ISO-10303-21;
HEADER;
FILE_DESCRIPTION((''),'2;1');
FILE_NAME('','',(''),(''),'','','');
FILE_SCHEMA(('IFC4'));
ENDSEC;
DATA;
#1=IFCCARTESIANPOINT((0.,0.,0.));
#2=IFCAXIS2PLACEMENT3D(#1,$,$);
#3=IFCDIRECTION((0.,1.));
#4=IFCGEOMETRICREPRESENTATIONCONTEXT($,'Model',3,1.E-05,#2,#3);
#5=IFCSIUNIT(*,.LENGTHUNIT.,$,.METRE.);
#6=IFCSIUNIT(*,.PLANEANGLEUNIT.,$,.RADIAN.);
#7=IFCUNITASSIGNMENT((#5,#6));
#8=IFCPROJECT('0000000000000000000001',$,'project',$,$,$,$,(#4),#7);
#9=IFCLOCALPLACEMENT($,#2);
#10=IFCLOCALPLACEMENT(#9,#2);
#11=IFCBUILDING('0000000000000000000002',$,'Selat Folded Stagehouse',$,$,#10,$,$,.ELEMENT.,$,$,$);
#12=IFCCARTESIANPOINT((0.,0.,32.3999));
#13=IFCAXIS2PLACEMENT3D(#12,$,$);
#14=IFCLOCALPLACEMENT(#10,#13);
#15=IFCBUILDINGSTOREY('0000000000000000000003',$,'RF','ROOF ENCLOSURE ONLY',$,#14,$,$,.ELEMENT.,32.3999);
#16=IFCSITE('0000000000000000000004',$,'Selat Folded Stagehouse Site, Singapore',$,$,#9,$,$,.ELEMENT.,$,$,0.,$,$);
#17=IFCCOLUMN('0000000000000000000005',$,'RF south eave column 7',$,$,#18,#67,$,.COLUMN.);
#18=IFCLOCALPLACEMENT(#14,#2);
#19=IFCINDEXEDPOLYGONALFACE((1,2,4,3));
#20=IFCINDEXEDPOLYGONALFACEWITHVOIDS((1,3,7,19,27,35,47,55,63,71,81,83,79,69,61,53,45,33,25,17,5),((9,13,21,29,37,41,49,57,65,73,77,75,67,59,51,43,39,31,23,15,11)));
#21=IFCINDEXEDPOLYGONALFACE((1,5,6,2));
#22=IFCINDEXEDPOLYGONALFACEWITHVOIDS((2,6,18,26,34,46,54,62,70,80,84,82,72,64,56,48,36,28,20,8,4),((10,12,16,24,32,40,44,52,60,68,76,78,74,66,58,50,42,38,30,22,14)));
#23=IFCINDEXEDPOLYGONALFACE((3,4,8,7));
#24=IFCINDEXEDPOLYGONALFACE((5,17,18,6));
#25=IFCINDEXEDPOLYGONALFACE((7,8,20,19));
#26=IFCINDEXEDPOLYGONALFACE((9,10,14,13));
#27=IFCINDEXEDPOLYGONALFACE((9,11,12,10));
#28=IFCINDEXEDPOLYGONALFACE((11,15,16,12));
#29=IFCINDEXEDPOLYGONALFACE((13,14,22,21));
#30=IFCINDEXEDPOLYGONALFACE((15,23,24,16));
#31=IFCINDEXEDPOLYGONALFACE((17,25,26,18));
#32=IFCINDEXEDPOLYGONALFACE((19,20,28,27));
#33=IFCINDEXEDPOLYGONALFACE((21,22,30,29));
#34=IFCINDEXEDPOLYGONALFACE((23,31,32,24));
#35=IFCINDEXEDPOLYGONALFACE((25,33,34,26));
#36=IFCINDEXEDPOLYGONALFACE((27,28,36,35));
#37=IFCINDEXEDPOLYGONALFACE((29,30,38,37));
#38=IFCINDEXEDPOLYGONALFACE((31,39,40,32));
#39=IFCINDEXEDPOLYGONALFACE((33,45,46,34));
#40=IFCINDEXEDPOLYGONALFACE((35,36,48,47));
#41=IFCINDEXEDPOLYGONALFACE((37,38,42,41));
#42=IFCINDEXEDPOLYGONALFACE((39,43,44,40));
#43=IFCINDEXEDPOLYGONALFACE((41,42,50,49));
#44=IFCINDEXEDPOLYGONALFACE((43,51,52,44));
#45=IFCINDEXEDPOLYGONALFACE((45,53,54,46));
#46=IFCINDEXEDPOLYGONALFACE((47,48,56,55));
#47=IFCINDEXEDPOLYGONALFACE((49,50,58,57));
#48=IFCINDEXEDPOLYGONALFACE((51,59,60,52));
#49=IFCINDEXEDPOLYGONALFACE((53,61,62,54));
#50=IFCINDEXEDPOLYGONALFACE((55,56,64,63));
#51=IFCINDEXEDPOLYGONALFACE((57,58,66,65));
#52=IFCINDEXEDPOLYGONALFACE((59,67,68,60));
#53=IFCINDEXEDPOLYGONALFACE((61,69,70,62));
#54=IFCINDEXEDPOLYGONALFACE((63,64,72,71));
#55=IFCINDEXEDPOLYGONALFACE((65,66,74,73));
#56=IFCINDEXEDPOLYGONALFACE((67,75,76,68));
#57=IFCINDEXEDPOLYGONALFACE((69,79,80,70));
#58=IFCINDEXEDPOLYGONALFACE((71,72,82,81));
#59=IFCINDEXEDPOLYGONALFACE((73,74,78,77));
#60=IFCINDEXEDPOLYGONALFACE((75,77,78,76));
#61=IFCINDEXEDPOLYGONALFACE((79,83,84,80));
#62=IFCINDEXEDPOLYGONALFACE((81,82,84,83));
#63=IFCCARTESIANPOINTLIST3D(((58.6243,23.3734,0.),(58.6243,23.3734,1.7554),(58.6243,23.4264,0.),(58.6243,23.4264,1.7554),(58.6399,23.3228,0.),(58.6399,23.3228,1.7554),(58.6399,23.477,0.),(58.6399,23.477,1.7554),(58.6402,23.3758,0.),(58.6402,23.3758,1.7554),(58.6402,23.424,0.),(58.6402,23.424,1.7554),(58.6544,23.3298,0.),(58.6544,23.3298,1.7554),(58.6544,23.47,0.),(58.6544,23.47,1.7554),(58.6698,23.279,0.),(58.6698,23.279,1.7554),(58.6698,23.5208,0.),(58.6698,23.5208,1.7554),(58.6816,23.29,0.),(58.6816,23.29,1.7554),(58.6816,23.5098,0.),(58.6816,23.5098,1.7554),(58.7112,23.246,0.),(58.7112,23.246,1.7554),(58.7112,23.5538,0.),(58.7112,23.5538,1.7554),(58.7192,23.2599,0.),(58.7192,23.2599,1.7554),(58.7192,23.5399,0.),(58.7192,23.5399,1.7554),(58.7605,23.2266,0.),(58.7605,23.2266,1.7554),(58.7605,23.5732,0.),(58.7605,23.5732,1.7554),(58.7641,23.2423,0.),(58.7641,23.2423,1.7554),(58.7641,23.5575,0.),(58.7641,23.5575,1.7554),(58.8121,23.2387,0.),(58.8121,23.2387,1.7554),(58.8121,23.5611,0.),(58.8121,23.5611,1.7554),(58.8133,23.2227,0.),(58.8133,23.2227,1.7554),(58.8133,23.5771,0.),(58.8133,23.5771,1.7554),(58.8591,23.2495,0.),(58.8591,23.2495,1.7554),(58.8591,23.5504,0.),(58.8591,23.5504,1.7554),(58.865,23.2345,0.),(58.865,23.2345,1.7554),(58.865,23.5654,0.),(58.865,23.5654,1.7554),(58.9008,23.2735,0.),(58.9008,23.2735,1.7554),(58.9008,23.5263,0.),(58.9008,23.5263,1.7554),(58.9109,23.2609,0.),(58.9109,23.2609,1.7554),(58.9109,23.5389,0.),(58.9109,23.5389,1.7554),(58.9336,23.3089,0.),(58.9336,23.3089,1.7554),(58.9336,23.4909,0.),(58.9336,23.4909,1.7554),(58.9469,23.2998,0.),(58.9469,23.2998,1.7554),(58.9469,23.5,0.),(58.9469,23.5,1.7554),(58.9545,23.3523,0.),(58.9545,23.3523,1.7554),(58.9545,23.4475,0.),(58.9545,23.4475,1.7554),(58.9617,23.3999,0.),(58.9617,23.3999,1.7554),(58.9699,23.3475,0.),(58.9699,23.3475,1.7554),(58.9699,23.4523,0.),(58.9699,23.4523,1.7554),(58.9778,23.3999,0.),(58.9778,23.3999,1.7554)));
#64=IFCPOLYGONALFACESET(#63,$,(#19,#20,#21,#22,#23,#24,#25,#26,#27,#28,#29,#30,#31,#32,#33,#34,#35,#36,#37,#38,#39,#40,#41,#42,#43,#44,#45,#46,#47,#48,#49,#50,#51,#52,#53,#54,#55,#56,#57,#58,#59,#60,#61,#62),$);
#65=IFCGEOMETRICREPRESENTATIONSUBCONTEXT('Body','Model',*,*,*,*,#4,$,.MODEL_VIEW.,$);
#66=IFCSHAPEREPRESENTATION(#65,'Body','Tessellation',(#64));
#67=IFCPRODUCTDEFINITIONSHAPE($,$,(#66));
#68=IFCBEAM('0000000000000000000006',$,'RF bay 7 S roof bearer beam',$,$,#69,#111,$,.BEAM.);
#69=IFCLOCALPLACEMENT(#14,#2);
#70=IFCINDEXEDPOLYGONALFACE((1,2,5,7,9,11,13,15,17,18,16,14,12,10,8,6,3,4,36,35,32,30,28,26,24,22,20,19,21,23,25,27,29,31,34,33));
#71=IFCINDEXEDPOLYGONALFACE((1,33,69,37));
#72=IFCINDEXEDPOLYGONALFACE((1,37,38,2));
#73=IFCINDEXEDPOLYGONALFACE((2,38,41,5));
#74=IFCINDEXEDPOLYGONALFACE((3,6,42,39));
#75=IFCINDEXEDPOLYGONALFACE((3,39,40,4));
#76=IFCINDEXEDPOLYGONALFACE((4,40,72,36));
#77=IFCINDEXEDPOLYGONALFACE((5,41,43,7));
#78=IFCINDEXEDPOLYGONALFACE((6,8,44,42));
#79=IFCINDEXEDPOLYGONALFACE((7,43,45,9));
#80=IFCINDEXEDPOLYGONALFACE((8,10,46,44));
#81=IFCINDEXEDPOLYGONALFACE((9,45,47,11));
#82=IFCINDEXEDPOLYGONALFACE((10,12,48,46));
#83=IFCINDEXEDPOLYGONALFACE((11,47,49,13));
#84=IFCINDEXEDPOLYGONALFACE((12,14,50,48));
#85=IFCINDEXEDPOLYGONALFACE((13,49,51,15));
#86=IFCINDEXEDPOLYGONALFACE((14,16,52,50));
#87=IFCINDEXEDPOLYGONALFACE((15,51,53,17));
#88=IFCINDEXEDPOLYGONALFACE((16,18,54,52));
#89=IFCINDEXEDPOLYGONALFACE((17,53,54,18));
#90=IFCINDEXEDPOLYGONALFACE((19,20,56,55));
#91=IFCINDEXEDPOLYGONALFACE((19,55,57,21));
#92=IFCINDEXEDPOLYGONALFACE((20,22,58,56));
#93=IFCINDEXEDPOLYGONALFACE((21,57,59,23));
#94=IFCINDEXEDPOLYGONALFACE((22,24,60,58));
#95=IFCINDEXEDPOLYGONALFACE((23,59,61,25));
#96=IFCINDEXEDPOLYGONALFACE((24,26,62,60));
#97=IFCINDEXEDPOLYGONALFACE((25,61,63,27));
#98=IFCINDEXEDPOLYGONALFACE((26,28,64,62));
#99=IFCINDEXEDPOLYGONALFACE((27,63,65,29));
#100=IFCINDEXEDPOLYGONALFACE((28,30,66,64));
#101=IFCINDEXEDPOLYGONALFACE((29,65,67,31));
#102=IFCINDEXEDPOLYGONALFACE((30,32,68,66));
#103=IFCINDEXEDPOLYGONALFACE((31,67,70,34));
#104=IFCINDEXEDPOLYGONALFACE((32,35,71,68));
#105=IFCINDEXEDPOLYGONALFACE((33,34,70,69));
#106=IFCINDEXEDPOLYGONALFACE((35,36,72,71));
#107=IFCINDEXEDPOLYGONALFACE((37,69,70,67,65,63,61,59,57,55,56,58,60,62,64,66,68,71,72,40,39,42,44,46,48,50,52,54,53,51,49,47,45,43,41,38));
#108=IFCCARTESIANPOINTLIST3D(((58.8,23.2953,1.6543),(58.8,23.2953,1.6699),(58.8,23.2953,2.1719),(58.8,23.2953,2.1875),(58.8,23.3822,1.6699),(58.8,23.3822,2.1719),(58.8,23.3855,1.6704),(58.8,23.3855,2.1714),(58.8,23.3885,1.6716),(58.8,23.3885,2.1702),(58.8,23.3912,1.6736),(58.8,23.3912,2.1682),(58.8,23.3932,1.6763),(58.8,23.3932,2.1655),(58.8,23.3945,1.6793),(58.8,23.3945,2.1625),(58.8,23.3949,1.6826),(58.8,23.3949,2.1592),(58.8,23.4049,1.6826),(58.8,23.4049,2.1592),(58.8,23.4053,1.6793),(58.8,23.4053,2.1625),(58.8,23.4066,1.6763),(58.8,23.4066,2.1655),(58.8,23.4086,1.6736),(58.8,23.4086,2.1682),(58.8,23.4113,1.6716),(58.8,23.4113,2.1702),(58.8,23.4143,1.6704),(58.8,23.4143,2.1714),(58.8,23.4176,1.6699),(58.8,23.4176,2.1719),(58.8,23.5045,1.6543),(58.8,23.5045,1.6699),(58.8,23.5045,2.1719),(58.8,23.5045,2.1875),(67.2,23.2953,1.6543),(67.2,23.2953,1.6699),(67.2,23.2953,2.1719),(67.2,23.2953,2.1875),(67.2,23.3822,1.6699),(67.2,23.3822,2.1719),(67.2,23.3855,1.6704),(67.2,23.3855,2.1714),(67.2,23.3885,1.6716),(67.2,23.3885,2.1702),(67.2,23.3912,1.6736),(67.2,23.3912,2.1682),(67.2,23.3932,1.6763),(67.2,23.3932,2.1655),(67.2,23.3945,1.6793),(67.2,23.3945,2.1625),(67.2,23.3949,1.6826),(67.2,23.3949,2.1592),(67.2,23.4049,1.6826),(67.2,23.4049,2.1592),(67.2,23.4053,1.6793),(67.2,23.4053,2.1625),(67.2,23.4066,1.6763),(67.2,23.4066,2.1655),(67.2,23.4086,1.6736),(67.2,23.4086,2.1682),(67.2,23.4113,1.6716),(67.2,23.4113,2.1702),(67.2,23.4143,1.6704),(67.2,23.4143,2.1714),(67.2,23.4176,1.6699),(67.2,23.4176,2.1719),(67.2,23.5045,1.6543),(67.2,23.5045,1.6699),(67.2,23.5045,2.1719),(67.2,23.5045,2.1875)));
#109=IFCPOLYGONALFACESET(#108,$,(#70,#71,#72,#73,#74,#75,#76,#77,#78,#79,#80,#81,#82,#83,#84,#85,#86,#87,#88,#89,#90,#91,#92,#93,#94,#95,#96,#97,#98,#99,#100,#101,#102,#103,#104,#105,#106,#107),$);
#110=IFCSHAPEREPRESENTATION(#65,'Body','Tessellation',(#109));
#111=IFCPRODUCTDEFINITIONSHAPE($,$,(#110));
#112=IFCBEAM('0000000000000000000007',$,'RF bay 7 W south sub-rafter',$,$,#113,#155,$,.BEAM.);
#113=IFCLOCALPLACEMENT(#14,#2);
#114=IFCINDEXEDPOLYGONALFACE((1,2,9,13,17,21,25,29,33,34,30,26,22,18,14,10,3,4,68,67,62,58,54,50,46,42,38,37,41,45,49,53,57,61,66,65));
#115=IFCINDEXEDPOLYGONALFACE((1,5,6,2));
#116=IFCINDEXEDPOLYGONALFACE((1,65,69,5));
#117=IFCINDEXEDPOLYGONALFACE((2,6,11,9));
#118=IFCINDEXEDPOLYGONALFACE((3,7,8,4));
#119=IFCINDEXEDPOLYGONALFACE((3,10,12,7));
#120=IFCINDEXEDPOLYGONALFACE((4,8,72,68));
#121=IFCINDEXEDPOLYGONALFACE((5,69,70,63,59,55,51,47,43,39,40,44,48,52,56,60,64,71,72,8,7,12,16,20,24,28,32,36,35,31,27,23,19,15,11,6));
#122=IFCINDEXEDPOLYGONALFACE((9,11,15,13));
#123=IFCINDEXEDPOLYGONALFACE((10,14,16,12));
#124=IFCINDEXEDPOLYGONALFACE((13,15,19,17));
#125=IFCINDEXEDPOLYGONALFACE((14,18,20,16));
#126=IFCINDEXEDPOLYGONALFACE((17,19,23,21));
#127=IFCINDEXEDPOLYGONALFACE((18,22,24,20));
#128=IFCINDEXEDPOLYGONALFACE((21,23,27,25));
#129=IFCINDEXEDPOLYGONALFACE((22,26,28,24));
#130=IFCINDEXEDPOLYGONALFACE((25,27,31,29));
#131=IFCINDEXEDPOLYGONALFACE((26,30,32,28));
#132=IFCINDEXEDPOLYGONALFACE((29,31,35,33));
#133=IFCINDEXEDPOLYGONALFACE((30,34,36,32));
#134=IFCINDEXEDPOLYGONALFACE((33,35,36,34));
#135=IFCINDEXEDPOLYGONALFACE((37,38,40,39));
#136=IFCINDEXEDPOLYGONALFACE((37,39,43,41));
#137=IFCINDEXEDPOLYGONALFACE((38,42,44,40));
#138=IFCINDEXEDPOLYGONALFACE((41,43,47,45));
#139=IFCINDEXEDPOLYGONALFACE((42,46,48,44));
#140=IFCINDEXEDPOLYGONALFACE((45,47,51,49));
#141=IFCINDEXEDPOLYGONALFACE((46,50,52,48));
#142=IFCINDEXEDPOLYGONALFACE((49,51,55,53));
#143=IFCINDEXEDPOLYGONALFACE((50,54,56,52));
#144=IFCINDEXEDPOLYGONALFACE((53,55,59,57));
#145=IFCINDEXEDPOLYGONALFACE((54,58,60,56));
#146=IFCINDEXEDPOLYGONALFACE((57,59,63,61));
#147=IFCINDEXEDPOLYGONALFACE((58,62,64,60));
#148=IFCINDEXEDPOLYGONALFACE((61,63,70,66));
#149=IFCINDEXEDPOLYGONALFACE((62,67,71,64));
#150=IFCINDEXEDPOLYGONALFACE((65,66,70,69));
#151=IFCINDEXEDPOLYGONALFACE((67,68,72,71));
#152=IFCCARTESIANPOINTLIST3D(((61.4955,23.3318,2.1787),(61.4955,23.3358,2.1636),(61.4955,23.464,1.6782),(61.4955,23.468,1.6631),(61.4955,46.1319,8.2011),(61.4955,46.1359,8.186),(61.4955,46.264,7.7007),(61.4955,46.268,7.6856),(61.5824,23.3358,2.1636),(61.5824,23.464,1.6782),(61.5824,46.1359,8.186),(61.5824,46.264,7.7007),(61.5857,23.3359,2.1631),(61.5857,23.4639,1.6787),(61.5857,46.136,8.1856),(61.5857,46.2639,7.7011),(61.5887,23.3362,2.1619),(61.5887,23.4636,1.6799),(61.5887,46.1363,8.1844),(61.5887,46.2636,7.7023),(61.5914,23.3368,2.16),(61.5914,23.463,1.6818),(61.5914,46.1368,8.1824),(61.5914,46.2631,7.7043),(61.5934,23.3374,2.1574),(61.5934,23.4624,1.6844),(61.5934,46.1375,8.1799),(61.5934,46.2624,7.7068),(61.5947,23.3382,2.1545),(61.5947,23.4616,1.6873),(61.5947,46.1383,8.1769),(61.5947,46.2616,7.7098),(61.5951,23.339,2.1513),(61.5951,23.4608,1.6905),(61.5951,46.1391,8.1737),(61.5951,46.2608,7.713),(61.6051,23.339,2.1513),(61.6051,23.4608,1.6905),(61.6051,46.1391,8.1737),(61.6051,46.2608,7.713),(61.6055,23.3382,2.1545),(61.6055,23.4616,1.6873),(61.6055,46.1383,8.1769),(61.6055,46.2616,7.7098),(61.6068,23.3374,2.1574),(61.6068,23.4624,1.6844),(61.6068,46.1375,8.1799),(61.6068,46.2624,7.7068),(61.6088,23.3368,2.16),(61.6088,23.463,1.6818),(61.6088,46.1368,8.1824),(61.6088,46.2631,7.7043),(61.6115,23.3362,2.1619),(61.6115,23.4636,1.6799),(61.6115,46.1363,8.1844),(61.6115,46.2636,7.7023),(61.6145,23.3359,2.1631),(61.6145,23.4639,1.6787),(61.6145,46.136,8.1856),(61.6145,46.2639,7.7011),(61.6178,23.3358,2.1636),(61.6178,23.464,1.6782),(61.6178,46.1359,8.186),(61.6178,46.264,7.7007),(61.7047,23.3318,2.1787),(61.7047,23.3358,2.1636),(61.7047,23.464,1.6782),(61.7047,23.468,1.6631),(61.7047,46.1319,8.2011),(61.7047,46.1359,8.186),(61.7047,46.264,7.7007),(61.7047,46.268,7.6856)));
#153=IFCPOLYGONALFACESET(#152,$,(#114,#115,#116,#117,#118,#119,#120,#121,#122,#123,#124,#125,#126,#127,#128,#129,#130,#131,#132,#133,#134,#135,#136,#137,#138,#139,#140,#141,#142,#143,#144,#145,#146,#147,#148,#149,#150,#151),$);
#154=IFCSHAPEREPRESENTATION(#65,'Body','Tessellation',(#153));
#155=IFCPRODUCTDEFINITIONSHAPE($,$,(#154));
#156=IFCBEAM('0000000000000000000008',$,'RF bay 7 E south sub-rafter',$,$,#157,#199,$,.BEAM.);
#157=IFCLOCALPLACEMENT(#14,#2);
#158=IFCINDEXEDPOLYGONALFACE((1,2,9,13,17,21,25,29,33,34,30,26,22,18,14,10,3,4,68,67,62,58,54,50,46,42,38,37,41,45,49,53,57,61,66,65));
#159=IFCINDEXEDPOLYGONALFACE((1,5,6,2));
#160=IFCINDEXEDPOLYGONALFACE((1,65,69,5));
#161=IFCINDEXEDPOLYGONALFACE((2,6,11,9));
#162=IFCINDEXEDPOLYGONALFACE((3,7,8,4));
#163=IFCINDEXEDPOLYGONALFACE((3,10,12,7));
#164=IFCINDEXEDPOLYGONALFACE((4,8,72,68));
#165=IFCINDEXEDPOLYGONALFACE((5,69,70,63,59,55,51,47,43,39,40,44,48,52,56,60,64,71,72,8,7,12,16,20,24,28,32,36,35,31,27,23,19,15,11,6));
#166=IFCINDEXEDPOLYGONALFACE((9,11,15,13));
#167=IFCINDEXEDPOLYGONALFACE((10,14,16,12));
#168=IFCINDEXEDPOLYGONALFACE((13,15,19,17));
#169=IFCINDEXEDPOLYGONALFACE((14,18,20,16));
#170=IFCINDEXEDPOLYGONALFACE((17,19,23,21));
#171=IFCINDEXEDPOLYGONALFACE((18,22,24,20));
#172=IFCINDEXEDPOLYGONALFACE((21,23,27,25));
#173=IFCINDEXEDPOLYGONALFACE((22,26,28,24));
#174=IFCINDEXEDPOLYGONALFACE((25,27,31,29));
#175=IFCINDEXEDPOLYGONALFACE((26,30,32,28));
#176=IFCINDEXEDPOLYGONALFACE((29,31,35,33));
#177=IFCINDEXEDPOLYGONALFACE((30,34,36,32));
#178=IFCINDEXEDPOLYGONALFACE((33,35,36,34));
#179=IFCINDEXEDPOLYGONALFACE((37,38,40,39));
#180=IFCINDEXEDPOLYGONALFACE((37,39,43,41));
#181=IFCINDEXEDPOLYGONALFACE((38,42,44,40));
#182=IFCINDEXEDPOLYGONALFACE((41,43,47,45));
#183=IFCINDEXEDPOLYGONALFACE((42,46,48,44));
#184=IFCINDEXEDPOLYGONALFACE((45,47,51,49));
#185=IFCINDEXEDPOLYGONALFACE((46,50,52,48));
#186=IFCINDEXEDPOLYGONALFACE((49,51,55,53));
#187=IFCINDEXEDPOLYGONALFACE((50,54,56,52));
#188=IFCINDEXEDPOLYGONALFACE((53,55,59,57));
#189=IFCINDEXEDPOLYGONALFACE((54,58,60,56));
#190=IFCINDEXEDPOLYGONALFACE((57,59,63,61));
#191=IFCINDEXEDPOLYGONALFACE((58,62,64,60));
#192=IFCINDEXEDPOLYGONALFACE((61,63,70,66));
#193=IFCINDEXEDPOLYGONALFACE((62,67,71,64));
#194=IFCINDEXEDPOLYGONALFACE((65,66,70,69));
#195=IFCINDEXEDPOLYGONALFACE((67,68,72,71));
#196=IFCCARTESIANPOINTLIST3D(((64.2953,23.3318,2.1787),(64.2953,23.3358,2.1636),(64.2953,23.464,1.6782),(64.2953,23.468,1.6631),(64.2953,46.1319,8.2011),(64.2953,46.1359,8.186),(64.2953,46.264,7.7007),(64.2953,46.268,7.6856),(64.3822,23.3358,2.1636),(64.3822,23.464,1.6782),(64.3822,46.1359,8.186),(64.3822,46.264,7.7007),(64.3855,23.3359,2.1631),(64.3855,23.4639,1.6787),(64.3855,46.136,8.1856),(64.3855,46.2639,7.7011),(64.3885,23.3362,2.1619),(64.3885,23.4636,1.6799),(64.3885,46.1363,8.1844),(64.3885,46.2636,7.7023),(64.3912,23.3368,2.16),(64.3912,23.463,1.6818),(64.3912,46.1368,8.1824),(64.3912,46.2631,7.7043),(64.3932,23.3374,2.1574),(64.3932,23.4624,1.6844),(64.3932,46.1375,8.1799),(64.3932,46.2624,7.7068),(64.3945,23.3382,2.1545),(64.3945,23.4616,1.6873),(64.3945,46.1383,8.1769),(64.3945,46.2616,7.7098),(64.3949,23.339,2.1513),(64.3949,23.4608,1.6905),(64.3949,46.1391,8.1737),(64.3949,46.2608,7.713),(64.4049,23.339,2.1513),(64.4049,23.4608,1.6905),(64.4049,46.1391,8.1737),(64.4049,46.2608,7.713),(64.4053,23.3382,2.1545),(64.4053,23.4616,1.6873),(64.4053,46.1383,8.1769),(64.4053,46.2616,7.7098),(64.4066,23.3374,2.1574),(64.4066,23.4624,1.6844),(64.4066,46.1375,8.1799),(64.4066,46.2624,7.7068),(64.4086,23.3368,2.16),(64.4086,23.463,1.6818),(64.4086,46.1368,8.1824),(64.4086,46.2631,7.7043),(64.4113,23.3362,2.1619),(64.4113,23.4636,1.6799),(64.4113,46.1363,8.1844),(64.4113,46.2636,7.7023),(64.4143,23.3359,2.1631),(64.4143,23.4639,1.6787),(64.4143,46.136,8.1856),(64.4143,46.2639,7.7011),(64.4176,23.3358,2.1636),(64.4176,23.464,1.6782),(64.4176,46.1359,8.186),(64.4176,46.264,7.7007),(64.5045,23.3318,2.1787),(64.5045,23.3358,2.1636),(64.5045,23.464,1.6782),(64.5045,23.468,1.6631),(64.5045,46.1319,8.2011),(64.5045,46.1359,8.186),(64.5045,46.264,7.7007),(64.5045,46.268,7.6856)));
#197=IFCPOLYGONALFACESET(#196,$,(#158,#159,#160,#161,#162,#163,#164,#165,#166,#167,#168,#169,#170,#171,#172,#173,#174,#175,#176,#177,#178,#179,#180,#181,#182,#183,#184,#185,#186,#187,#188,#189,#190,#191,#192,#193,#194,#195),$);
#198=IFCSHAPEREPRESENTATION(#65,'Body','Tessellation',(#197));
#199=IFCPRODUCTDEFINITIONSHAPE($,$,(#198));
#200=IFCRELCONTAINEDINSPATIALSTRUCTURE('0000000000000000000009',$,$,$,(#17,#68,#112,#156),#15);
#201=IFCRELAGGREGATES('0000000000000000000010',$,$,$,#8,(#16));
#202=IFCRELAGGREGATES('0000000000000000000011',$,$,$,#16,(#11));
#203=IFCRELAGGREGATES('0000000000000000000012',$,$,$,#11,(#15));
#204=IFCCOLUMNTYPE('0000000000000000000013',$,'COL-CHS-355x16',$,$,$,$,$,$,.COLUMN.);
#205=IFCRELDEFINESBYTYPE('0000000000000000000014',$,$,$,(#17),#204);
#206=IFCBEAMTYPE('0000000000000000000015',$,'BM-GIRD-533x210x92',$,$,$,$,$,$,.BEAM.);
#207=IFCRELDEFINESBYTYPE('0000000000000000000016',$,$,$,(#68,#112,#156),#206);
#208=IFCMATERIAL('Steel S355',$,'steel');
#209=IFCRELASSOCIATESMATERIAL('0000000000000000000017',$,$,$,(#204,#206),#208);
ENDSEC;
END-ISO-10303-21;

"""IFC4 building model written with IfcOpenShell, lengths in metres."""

from ifc_helpers import new_model, si_unit, direction, frame, origin, origin_2d, place, context, subcontext, project, spatial, hollow_circle, i_section, extrude, material, material_profile, profile_set, type_object, element, save


model = new_model("IFC4")

# Units and contexts
model_context = context("Model", 3, precision=1e-05, world=origin(), true_north=direction((0.0, 1.0)))
body_context = subcontext(model_context, "Body", "Model", "MODEL_VIEW")
ifc_project = project(units=[si_unit("LENGTHUNIT", "METRE"), si_unit("PLANEANGLEUNIT", "RADIAN")], contexts=[model_context])

# Site, building, storey
site_placement = place(None, origin())
site = spatial("IfcSite", under=ifc_project, at=site_placement, Name="Selat Folded Stagehouse Site, Singapore", CompositionType="ELEMENT", RefElevation=0.0)
building_placement = place(site_placement, origin())
building = spatial("IfcBuilding", under=site, at=building_placement, Name="Selat Folded Stagehouse", CompositionType="ELEMENT")
storey_placement = place(building_placement, frame((0.0, 0.0, 32.3999)))
storey = spatial("IfcBuildingStorey", under=building, at=storey_placement, Name="RF", Description="ROOF ENCLOSURE ONLY", CompositionType="ELEMENT", Elevation=32.3999)

# Column
ifc_material_1 = material(Name="Steel S355", Category="steel")
ifc_material_profile_1 = material_profile(ifc_material_1, hollow_circle(Radius=0.1777, WallThickness=0.0161, at=origin_2d()), Name="CHS 355.6x16.0")
ifc_profile_set_1 = profile_set([ifc_material_profile_1], Name="Steel S355")
column_type = type_object("IfcColumnType", Name="COL-CHS-355x16", PredefinedType="COLUMN", material=ifc_profile_set_1)
column_placement = place(storey_placement, frame((58.8, 23.3999, 0.0), z_axis=(0.0, 0.0, 1.0), x_axis=(1.0, 0.0, 0.0)))
element("IfcColumn", 1, at=column_placement, inside=storey, type_object=column_type, Name="RF south eave column 7", PredefinedType="COLUMN", context=body_context, shape_type="SweptSolid", body=[
    extrude(hollow_circle(Radius=0.1777, WallThickness=0.0161, at=origin_2d()), origin(), (0.0, 0.0, 1.0), 1.7554),
])

# Beams
ifc_material_profile_2 = material_profile(ifc_material_1, i_section(OverallWidth=0.2092, OverallDepth=0.5332, WebThickness=0.01, FlangeThickness=0.0156, FilletRadius=0.0127, at=origin_2d()), Name="UKB 533x210x92")
ifc_profile_set_2 = profile_set([ifc_material_profile_2], Name="Steel S355")
beam_type_1 = type_object("IfcBeamType", Name="BM-GIRD-533x210x92", PredefinedType="BEAM", material=ifc_profile_set_2)
beam_1_placement = place(storey_placement, frame((58.8, 23.3999, 1.9209), z_axis=(1.0, 0.0, 0.0), x_axis=(0.0, 1.0, 0.0)))
element("IfcBeam", 2, at=beam_1_placement, inside=storey, type_object=beam_type_1, Name="RF bay 7 S roof bearer beam", PredefinedType="BEAM", context=body_context, shape_type="SweptSolid", body=[
    extrude(i_section(OverallWidth=0.2092, OverallDepth=0.5332, WebThickness=0.01, FlangeThickness=0.0156, FilletRadius=0.0127, at=origin_2d()), origin(), (0.0, 0.0, 1.0), 8.3999),
])
for number, where, z_axis, x_axis, name in (
    (3, (61.6001, 23.3999, 1.9209), (0.0, 0.96684, 0.255383), (-1.0, 0.0, 0.0), "RF bay 7 W south sub-rafter"),
    (4, (64.3999, 23.3999, 1.9209), (0.0, 0.96684, 0.255383), (-1.0, 0.0, 0.0), "RF bay 7 E south sub-rafter"),
):
    element("IfcBeam", number, at=place(storey_placement, frame(where, z_axis=z_axis, x_axis=x_axis)), inside=storey, type_object=beam_type_1, Name=name, PredefinedType="BEAM", context=body_context, shape_type="SweptSolid", body=[
        extrude(i_section(OverallWidth=0.2092, OverallDepth=0.5332, WebThickness=0.01, FlangeThickness=0.0156, FilletRadius=0.0127, at=origin_2d()), origin(), (0.0, 0.0, 1.0), 23.582),
    ])

save(model, "model.ifc")
